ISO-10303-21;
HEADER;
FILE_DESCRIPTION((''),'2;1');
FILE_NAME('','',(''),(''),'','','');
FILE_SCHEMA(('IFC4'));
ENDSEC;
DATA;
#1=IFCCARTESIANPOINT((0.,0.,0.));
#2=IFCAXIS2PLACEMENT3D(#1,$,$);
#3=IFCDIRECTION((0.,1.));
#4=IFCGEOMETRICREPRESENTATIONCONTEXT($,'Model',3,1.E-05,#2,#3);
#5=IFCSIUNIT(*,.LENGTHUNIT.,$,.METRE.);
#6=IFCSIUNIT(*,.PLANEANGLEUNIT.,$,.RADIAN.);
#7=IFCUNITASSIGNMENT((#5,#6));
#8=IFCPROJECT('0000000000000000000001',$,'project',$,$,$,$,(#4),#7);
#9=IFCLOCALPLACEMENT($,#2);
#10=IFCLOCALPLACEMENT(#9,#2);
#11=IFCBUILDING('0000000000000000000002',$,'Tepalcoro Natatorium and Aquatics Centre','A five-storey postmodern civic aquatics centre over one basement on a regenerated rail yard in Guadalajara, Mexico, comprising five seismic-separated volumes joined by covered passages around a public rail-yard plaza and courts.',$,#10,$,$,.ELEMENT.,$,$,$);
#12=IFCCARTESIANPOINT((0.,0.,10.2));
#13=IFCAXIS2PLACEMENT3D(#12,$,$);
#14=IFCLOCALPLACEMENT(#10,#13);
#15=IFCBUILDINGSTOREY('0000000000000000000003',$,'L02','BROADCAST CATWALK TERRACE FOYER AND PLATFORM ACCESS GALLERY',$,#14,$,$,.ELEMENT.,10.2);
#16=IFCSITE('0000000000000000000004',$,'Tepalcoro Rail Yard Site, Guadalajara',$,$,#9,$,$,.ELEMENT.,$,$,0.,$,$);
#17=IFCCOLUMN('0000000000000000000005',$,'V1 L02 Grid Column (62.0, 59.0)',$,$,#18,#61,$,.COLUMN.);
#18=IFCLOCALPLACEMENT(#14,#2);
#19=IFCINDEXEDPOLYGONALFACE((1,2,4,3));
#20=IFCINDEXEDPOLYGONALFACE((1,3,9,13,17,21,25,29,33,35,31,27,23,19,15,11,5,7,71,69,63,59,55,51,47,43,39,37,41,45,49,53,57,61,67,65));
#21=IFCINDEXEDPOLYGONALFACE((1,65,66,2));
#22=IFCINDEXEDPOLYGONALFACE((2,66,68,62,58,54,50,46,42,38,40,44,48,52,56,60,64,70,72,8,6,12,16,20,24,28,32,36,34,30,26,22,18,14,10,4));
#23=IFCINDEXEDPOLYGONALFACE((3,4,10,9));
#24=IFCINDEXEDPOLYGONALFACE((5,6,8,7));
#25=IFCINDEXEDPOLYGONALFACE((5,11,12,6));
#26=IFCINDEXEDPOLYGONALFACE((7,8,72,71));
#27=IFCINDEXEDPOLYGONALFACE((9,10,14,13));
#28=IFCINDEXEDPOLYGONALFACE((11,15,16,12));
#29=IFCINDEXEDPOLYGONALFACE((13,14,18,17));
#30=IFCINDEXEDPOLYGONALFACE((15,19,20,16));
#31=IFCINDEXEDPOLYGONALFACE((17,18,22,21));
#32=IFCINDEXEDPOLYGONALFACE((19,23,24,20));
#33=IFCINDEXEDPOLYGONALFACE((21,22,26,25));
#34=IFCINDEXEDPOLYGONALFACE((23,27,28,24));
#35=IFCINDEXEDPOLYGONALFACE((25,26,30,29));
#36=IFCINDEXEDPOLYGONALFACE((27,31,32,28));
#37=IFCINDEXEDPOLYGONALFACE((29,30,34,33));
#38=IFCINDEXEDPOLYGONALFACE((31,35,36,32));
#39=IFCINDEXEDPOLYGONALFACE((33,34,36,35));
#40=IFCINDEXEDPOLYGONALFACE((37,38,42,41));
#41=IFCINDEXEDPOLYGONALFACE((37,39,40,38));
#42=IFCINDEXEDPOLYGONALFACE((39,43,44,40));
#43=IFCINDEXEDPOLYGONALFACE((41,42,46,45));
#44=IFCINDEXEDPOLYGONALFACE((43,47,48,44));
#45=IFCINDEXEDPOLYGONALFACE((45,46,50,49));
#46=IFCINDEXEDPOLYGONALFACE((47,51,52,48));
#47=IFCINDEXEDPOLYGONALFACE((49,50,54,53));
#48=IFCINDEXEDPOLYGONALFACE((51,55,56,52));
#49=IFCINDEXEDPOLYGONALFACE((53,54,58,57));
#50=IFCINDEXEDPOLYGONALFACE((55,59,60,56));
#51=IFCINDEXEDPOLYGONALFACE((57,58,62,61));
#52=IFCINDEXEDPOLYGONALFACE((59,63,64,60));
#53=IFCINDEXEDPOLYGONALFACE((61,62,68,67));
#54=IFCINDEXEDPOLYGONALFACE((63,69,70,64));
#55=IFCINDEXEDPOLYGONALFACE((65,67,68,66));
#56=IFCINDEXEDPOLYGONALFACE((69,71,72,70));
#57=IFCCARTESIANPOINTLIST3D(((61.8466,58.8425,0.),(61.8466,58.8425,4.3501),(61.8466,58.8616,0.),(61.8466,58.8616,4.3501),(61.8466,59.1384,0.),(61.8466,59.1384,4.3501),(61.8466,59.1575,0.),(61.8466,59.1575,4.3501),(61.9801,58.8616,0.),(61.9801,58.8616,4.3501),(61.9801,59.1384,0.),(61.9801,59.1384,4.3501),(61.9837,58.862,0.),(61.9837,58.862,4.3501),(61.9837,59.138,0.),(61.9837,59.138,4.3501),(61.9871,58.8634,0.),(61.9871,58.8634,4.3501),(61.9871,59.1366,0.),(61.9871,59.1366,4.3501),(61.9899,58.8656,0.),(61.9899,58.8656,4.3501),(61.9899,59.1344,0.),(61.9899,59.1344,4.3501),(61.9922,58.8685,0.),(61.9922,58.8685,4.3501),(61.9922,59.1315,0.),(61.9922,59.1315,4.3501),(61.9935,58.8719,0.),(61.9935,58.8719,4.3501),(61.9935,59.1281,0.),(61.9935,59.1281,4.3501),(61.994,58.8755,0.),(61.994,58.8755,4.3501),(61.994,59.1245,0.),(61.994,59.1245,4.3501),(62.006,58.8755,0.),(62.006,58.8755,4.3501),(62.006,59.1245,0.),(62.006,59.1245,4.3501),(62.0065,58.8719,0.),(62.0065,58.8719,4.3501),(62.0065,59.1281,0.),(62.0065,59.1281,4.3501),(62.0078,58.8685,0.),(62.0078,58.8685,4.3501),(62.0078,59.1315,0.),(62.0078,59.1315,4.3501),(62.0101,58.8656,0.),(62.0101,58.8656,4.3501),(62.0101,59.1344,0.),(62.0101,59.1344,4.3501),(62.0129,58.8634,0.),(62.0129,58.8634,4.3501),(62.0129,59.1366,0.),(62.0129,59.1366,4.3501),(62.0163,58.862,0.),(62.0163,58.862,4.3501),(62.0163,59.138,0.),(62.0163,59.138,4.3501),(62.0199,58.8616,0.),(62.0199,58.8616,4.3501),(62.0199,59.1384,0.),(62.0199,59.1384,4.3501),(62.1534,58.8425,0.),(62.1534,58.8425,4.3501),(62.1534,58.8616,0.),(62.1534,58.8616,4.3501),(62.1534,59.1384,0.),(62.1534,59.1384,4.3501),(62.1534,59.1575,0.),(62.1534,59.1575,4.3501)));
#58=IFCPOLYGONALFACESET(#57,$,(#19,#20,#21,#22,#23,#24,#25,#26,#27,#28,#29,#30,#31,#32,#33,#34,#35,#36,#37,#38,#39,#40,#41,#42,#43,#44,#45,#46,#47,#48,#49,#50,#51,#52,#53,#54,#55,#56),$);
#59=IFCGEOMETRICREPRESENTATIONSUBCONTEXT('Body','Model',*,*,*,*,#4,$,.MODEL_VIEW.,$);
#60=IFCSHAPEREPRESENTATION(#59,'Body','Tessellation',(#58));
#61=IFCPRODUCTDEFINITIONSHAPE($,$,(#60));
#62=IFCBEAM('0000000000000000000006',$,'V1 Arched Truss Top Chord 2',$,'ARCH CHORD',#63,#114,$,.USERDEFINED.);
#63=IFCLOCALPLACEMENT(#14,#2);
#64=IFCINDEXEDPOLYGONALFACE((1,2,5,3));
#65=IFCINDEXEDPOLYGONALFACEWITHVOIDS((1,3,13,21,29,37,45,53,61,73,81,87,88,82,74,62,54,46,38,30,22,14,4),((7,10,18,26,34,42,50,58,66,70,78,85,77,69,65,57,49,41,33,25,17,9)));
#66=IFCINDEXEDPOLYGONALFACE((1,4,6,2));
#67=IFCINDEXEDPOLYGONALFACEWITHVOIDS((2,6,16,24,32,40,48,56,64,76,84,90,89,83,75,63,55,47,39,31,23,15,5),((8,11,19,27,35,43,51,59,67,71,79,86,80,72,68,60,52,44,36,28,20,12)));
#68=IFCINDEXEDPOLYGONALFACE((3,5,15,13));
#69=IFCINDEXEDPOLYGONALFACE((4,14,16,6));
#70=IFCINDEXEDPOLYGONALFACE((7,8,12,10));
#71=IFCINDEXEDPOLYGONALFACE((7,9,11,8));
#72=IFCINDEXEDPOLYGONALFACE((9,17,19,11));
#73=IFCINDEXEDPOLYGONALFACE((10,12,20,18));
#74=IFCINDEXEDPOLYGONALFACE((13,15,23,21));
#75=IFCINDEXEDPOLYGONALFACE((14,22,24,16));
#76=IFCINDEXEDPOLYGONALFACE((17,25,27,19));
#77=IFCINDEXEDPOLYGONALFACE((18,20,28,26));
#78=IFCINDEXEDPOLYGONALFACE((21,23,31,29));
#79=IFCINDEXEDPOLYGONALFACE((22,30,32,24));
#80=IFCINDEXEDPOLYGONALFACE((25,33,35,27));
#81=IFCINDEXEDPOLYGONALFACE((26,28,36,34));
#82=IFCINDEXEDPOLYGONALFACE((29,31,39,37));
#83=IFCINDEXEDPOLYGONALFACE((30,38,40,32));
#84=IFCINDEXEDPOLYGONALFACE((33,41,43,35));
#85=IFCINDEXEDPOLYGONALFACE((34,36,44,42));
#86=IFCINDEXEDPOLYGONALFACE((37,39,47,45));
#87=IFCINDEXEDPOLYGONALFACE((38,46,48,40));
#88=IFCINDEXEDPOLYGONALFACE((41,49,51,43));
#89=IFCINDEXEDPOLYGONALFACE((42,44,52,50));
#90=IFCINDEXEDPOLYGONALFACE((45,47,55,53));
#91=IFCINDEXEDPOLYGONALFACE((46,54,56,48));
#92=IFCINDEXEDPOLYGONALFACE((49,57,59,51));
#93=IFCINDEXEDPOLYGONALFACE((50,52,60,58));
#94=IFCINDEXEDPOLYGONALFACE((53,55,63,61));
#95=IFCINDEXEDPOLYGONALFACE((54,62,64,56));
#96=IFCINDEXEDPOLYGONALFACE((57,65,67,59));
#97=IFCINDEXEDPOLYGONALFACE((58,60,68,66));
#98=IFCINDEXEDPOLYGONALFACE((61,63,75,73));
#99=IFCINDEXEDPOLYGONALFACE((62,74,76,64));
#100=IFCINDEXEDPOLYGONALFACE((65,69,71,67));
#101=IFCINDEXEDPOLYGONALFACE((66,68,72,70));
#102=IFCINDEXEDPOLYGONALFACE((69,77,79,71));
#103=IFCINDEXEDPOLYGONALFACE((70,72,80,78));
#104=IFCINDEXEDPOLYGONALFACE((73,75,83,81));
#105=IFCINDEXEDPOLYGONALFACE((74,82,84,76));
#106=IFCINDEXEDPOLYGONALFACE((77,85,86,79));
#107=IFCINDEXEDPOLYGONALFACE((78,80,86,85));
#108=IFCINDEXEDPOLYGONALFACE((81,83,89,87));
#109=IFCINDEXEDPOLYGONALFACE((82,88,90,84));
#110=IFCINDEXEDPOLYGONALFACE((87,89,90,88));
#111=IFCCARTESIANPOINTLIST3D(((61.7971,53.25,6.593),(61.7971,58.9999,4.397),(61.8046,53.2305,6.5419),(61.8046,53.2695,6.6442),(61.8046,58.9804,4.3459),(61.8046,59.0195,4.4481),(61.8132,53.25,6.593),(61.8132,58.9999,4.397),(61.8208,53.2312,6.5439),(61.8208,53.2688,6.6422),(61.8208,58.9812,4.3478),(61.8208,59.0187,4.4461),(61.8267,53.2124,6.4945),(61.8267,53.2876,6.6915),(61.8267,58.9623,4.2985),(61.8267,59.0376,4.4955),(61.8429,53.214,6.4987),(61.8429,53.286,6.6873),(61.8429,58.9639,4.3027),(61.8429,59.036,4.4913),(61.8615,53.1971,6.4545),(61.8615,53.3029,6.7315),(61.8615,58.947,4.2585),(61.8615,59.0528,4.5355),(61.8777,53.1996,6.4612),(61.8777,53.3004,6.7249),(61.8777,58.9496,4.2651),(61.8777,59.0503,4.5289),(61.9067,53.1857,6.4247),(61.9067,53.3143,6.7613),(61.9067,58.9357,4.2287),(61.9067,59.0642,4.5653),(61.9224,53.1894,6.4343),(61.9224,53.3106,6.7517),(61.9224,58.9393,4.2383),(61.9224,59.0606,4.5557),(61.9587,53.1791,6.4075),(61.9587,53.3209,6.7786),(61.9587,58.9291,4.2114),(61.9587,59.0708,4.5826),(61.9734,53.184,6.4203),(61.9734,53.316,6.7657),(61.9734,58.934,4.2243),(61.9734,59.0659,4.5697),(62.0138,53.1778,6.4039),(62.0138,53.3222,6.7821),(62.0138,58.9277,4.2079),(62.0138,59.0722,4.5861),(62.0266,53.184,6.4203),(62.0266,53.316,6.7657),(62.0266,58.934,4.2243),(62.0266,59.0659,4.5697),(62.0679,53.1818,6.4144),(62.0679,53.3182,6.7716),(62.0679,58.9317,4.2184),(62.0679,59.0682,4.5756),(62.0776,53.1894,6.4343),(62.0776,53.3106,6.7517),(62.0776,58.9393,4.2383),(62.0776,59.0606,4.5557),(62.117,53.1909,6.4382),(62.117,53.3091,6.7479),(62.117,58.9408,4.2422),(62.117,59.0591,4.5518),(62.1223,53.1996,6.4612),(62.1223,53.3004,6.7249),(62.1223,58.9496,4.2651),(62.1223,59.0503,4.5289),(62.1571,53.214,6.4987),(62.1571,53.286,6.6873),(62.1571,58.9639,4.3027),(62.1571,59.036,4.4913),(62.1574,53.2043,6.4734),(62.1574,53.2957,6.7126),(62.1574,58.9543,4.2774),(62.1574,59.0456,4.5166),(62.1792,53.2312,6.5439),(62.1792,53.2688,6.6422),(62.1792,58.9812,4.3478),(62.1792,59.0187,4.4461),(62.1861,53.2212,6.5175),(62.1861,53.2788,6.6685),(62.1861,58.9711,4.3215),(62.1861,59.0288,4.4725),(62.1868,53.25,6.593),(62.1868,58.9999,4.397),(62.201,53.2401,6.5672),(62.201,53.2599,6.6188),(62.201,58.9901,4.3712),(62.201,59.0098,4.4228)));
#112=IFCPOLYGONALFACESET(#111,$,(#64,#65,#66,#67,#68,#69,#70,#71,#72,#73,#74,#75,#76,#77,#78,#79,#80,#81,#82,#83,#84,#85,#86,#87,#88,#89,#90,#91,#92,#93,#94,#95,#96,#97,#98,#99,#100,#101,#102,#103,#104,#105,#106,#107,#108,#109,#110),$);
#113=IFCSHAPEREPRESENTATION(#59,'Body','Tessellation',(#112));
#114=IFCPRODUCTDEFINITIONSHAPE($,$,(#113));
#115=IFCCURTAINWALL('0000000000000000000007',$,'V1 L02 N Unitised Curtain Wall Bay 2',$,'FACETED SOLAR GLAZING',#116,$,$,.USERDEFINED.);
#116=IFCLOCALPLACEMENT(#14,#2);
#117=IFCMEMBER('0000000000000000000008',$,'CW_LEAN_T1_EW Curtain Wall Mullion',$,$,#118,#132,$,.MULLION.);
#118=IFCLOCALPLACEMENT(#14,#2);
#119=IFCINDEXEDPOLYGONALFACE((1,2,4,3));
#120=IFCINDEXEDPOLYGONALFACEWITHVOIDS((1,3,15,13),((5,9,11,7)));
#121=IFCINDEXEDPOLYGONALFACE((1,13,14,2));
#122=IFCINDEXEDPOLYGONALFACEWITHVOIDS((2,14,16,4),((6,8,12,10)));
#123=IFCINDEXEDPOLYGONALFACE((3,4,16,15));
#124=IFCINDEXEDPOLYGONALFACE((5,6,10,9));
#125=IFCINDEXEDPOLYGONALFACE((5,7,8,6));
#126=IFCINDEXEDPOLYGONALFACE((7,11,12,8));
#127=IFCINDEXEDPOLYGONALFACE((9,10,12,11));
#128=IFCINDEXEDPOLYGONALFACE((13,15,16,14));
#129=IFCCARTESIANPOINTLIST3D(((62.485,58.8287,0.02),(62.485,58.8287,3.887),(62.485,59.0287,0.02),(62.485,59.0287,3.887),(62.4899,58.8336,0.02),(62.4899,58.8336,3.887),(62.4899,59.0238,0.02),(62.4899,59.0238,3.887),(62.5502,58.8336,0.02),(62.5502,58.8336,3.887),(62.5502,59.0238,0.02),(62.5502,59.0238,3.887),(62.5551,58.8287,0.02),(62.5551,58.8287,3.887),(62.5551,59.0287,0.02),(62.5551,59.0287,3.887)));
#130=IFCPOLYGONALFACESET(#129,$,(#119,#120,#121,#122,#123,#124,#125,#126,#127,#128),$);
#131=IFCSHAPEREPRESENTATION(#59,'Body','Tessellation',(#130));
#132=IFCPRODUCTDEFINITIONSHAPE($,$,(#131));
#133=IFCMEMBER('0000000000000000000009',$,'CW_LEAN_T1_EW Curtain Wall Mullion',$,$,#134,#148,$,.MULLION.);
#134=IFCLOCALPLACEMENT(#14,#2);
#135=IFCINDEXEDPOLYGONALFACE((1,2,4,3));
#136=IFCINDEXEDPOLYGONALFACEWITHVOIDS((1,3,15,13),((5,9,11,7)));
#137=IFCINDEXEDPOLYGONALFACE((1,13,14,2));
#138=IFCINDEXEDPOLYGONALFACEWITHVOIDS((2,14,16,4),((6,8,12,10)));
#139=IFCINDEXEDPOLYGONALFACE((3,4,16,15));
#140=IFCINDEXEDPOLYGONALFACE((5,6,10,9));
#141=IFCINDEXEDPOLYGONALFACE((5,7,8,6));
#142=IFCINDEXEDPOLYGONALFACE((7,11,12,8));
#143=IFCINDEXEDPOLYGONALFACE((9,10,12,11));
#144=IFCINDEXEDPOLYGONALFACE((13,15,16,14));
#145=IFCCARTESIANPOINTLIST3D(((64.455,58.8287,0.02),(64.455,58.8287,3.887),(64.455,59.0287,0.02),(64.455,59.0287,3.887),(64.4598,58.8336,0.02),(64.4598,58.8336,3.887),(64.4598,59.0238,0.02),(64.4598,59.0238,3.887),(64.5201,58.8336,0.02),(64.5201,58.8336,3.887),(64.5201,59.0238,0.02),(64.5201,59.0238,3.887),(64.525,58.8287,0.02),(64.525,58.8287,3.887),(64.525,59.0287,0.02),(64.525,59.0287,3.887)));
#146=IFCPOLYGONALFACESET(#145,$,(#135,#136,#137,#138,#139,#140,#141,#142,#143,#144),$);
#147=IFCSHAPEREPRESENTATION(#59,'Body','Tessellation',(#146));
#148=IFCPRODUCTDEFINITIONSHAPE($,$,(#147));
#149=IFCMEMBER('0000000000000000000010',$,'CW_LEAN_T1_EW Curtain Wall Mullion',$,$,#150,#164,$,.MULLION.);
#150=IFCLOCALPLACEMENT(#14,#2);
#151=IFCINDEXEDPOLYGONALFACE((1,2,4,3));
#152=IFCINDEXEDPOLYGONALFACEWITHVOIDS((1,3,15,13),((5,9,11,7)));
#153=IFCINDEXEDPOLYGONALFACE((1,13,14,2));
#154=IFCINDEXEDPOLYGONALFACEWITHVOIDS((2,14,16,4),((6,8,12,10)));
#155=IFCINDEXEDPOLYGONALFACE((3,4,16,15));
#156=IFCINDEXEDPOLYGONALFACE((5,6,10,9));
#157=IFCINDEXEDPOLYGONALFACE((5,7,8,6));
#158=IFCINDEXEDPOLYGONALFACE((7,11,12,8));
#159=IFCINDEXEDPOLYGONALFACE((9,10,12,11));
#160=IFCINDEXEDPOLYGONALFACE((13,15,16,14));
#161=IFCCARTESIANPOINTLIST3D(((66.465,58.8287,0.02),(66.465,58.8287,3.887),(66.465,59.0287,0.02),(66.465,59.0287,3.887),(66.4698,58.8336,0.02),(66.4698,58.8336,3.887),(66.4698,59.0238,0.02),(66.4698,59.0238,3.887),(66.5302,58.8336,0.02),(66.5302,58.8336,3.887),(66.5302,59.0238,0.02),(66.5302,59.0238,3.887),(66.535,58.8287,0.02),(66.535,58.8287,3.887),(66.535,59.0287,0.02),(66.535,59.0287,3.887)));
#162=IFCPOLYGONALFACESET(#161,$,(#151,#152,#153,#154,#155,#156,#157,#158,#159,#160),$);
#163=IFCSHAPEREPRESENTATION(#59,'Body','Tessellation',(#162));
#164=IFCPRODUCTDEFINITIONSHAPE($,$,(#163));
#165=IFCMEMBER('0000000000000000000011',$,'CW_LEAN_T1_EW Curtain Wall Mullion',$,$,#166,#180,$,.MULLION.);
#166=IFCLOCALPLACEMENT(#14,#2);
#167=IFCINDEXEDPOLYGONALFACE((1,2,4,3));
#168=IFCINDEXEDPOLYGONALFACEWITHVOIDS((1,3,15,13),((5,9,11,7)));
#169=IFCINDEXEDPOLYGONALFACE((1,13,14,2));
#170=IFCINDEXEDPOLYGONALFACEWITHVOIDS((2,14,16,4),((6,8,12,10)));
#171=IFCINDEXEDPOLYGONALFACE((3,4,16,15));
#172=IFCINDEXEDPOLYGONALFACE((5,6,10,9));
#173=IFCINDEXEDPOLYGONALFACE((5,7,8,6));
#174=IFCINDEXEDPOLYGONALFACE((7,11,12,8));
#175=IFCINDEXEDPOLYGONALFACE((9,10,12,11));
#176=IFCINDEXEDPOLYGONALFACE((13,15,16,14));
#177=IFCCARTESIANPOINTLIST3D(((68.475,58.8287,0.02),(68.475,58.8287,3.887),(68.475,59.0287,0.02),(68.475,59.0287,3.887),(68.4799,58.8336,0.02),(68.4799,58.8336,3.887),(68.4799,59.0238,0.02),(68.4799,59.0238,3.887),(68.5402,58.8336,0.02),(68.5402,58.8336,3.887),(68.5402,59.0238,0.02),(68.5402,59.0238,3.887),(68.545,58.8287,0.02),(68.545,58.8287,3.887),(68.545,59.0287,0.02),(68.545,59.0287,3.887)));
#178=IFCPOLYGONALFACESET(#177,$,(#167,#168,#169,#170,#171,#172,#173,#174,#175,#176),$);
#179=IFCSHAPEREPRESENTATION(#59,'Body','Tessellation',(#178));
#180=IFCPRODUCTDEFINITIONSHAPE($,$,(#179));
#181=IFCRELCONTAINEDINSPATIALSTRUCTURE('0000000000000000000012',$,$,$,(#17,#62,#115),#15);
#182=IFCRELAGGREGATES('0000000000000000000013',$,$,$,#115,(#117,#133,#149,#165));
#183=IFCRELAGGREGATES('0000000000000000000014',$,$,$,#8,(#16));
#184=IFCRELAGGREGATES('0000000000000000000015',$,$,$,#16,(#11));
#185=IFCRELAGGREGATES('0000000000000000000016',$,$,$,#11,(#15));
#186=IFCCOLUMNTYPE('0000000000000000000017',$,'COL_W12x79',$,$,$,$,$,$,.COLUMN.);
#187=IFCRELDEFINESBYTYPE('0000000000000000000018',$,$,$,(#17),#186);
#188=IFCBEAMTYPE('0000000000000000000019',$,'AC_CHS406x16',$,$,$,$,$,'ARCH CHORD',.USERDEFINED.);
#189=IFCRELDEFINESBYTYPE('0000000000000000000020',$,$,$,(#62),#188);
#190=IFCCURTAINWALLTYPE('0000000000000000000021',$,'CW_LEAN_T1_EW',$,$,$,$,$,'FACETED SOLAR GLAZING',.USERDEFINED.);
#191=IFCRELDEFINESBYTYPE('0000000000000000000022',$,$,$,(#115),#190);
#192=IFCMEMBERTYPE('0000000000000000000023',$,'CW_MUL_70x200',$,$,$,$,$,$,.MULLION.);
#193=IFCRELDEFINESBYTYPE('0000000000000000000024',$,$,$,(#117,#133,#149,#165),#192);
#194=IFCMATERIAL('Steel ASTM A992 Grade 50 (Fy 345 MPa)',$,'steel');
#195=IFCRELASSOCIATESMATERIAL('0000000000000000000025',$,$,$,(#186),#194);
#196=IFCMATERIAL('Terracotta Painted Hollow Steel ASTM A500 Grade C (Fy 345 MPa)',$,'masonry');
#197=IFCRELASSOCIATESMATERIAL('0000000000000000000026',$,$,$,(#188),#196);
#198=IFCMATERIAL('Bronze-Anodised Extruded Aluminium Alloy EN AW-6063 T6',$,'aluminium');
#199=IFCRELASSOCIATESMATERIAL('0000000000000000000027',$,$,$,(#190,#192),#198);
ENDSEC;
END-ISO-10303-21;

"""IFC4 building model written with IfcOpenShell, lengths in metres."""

from ifc_helpers import new_model, si_unit, direction, frame, origin, origin_2d, place, context, subcontext, project, spatial, hollow_rectangle, hollow_circle, i_section, extrude, material, material_profile, profile_set, type_object, element, aggregate, save


model = new_model("IFC4")

# Units and contexts
model_context = context("Model", 3, precision=1e-05, world=origin(), true_north=direction((0.0, 1.0)))
body_context = subcontext(model_context, "Body", "Model", "MODEL_VIEW")
ifc_project = project(units=[si_unit("LENGTHUNIT", "METRE"), si_unit("PLANEANGLEUNIT", "RADIAN")], contexts=[model_context])

# Site, building, storey
site_placement = place(None, origin())
site = spatial("IfcSite", under=ifc_project, at=site_placement, Name="Tepalcoro Rail Yard Site, Guadalajara", CompositionType="ELEMENT", RefElevation=0.0)
building_placement = place(site_placement, origin())
building = spatial("IfcBuilding", under=site, at=building_placement, Name="Tepalcoro Natatorium and Aquatics Centre", Description="A five-storey postmodern civic aquatics centre over one basement on a regenerated rail yard in Guadalajara, Mexico, comprising five seismic-separated volumes joined by covered passages around a public rail-yard plaza and courts.", CompositionType="ELEMENT")
storey_placement = place(building_placement, frame((0.0, 0.0, 10.2)))
storey = spatial("IfcBuildingStorey", under=building, at=storey_placement, Name="L02", Description="BROADCAST CATWALK TERRACE FOYER AND PLATFORM ACCESS GALLERY", CompositionType="ELEMENT", Elevation=10.2)

# Column
ifc_material_1 = material(Name="Steel ASTM A992 Grade 50 (Fy 345 MPa)", Category="steel")
ifc_material_profile_1 = material_profile(ifc_material_1, i_section(OverallWidth=0.3069, OverallDepth=0.3149, WebThickness=0.012, FlangeThickness=0.019, FilletRadius=0.0139, at=origin_2d()), Name="W12X79")
ifc_profile_set_1 = profile_set([ifc_material_profile_1], Name="Steel ASTM A992 Grade 50 (Fy 345 MPa)")
column_type = type_object("IfcColumnType", Name="COL_W12x79", PredefinedType="COLUMN", material=ifc_profile_set_1)
column_placement = place(storey_placement, frame((62.0, 59.0, 0.0), z_axis=(0.0, 0.0, 1.0), x_axis=(1.0, 0.0, 0.0)))
element("IfcColumn", 1, at=column_placement, inside=storey, type_object=column_type, Name="V1 L02 Grid Column (62.0, 59.0)", PredefinedType="COLUMN", context=body_context, shape_type="SweptSolid", body=[
    extrude(i_section(OverallWidth=0.3069, OverallDepth=0.3149, WebThickness=0.012, FlangeThickness=0.019, FilletRadius=0.0139, at=origin_2d()), origin(), (0.0, 0.0, 1.0), 4.3501),
])

# Beam
ifc_material_2 = material(Name="Terracotta Painted Hollow Steel ASTM A500 Grade C (Fy 345 MPa)", Category="masonry")
ifc_material_profile_2 = material_profile(ifc_material_2, hollow_circle(Radius=0.2029, WallThickness=0.0161, at=origin_2d()), Name="CHS406X16")
ifc_profile_set_2 = profile_set([ifc_material_profile_2], Name="Terracotta Painted Hollow Steel ASTM A500 Grade C (Fy 345 MPa)")
beam_type_1 = type_object("IfcBeamType", Name="AC_CHS406x16", ElementType="ARCH CHORD", PredefinedType="USERDEFINED", material=ifc_profile_set_2)
beam_1_placement = place(storey_placement, frame((62.0, 53.25, 6.593), z_axis=(0.0, 0.934186, -0.356785), x_axis=(-1.0, 0.0, 0.0)))
element("IfcBeam", 2, at=beam_1_placement, inside=storey, type_object=beam_type_1, Name="V1 Arched Truss Top Chord 2", ObjectType="ARCH CHORD", PredefinedType="USERDEFINED", context=body_context, shape_type="SweptSolid", body=[
    extrude(hollow_circle(Radius=0.2029, WallThickness=0.0161, at=origin_2d()), origin(), (0.0, 0.0, 1.0), 6.155),
])

# Curtain wall, members
ifc_material_3 = material(Name="Bronze-Anodised Extruded Aluminium Alloy EN AW-6063 T6", Category="aluminium")
curtain_wall_type = type_object("IfcCurtainWallType", Name="CW_LEAN_T1_EW", ElementType="FACETED SOLAR GLAZING", PredefinedType="USERDEFINED", material=ifc_material_3)
curtain_wall_placement = place(storey_placement, origin())
curtain_wall = element("IfcCurtainWall", 3, at=curtain_wall_placement, inside=storey, type_object=curtain_wall_type, Name="V1 L02 N Unitised Curtain Wall Bay 2", ObjectType="FACETED SOLAR GLAZING", PredefinedType="USERDEFINED")
ifc_material_profile_3 = material_profile(ifc_material_3, hollow_rectangle(XDim=0.0701, YDim=0.2, WallThickness=0.0049, at=origin_2d()), Name="AL70X200X5")
ifc_profile_set_3 = profile_set([ifc_material_profile_3], Name="Bronze-Anodised Extruded Aluminium Alloy EN AW-6063 T6")
member_type_1 = type_object("IfcMemberType", Name="CW_MUL_70x200", PredefinedType="MULLION", material=ifc_profile_set_3)
member_1_placement = place(storey_placement, frame((62.52, 58.9287, 0.02), z_axis=(0.0, 0.0, 1.0), x_axis=(1.0, 0.0, 0.0)))
member_1 = element("IfcMember", 4, at=member_1_placement, type_object=member_type_1, Name="CW_LEAN_T1_EW Curtain Wall Mullion", PredefinedType="MULLION", context=body_context, shape_type="SweptSolid", body=[
    extrude(hollow_rectangle(XDim=0.0701, YDim=0.2, WallThickness=0.0049, at=origin_2d()), origin(), (0.0, 0.0, 1.0), 3.8669),
])
member_2_placement = place(storey_placement, frame((64.49, 58.9287, 0.02), z_axis=(0.0, 0.0, 1.0), x_axis=(1.0, 0.0, 0.0)))
member_2 = element("IfcMember", 5, at=member_2_placement, type_object=member_type_1, Name="CW_LEAN_T1_EW Curtain Wall Mullion", PredefinedType="MULLION", context=body_context, shape_type="SweptSolid", body=[
    extrude(hollow_rectangle(XDim=0.0701, YDim=0.2, WallThickness=0.0049, at=origin_2d()), origin(), (0.0, 0.0, 1.0), 3.8669),
])
member_3_placement = place(storey_placement, frame((66.5, 58.9287, 0.02), z_axis=(0.0, 0.0, 1.0), x_axis=(1.0, 0.0, 0.0)))
member_3 = element("IfcMember", 6, at=member_3_placement, type_object=member_type_1, Name="CW_LEAN_T1_EW Curtain Wall Mullion", PredefinedType="MULLION", context=body_context, shape_type="SweptSolid", body=[
    extrude(hollow_rectangle(XDim=0.0701, YDim=0.2, WallThickness=0.0049, at=origin_2d()), origin(), (0.0, 0.0, 1.0), 3.8669),
])
member_4_placement = place(storey_placement, frame((68.51, 58.9287, 0.02), z_axis=(0.0, 0.0, 1.0), x_axis=(1.0, 0.0, 0.0)))
member_4 = element("IfcMember", 7, at=member_4_placement, type_object=member_type_1, Name="CW_LEAN_T1_EW Curtain Wall Mullion", PredefinedType="MULLION", context=body_context, shape_type="SweptSolid", body=[
    extrude(hollow_rectangle(XDim=0.0701, YDim=0.2, WallThickness=0.0049, at=origin_2d()), origin(), (0.0, 0.0, 1.0), 3.8669),
])

aggregate(curtain_wall, [member_1, member_2, member_3, member_4])

save(model, "model.ifc")
